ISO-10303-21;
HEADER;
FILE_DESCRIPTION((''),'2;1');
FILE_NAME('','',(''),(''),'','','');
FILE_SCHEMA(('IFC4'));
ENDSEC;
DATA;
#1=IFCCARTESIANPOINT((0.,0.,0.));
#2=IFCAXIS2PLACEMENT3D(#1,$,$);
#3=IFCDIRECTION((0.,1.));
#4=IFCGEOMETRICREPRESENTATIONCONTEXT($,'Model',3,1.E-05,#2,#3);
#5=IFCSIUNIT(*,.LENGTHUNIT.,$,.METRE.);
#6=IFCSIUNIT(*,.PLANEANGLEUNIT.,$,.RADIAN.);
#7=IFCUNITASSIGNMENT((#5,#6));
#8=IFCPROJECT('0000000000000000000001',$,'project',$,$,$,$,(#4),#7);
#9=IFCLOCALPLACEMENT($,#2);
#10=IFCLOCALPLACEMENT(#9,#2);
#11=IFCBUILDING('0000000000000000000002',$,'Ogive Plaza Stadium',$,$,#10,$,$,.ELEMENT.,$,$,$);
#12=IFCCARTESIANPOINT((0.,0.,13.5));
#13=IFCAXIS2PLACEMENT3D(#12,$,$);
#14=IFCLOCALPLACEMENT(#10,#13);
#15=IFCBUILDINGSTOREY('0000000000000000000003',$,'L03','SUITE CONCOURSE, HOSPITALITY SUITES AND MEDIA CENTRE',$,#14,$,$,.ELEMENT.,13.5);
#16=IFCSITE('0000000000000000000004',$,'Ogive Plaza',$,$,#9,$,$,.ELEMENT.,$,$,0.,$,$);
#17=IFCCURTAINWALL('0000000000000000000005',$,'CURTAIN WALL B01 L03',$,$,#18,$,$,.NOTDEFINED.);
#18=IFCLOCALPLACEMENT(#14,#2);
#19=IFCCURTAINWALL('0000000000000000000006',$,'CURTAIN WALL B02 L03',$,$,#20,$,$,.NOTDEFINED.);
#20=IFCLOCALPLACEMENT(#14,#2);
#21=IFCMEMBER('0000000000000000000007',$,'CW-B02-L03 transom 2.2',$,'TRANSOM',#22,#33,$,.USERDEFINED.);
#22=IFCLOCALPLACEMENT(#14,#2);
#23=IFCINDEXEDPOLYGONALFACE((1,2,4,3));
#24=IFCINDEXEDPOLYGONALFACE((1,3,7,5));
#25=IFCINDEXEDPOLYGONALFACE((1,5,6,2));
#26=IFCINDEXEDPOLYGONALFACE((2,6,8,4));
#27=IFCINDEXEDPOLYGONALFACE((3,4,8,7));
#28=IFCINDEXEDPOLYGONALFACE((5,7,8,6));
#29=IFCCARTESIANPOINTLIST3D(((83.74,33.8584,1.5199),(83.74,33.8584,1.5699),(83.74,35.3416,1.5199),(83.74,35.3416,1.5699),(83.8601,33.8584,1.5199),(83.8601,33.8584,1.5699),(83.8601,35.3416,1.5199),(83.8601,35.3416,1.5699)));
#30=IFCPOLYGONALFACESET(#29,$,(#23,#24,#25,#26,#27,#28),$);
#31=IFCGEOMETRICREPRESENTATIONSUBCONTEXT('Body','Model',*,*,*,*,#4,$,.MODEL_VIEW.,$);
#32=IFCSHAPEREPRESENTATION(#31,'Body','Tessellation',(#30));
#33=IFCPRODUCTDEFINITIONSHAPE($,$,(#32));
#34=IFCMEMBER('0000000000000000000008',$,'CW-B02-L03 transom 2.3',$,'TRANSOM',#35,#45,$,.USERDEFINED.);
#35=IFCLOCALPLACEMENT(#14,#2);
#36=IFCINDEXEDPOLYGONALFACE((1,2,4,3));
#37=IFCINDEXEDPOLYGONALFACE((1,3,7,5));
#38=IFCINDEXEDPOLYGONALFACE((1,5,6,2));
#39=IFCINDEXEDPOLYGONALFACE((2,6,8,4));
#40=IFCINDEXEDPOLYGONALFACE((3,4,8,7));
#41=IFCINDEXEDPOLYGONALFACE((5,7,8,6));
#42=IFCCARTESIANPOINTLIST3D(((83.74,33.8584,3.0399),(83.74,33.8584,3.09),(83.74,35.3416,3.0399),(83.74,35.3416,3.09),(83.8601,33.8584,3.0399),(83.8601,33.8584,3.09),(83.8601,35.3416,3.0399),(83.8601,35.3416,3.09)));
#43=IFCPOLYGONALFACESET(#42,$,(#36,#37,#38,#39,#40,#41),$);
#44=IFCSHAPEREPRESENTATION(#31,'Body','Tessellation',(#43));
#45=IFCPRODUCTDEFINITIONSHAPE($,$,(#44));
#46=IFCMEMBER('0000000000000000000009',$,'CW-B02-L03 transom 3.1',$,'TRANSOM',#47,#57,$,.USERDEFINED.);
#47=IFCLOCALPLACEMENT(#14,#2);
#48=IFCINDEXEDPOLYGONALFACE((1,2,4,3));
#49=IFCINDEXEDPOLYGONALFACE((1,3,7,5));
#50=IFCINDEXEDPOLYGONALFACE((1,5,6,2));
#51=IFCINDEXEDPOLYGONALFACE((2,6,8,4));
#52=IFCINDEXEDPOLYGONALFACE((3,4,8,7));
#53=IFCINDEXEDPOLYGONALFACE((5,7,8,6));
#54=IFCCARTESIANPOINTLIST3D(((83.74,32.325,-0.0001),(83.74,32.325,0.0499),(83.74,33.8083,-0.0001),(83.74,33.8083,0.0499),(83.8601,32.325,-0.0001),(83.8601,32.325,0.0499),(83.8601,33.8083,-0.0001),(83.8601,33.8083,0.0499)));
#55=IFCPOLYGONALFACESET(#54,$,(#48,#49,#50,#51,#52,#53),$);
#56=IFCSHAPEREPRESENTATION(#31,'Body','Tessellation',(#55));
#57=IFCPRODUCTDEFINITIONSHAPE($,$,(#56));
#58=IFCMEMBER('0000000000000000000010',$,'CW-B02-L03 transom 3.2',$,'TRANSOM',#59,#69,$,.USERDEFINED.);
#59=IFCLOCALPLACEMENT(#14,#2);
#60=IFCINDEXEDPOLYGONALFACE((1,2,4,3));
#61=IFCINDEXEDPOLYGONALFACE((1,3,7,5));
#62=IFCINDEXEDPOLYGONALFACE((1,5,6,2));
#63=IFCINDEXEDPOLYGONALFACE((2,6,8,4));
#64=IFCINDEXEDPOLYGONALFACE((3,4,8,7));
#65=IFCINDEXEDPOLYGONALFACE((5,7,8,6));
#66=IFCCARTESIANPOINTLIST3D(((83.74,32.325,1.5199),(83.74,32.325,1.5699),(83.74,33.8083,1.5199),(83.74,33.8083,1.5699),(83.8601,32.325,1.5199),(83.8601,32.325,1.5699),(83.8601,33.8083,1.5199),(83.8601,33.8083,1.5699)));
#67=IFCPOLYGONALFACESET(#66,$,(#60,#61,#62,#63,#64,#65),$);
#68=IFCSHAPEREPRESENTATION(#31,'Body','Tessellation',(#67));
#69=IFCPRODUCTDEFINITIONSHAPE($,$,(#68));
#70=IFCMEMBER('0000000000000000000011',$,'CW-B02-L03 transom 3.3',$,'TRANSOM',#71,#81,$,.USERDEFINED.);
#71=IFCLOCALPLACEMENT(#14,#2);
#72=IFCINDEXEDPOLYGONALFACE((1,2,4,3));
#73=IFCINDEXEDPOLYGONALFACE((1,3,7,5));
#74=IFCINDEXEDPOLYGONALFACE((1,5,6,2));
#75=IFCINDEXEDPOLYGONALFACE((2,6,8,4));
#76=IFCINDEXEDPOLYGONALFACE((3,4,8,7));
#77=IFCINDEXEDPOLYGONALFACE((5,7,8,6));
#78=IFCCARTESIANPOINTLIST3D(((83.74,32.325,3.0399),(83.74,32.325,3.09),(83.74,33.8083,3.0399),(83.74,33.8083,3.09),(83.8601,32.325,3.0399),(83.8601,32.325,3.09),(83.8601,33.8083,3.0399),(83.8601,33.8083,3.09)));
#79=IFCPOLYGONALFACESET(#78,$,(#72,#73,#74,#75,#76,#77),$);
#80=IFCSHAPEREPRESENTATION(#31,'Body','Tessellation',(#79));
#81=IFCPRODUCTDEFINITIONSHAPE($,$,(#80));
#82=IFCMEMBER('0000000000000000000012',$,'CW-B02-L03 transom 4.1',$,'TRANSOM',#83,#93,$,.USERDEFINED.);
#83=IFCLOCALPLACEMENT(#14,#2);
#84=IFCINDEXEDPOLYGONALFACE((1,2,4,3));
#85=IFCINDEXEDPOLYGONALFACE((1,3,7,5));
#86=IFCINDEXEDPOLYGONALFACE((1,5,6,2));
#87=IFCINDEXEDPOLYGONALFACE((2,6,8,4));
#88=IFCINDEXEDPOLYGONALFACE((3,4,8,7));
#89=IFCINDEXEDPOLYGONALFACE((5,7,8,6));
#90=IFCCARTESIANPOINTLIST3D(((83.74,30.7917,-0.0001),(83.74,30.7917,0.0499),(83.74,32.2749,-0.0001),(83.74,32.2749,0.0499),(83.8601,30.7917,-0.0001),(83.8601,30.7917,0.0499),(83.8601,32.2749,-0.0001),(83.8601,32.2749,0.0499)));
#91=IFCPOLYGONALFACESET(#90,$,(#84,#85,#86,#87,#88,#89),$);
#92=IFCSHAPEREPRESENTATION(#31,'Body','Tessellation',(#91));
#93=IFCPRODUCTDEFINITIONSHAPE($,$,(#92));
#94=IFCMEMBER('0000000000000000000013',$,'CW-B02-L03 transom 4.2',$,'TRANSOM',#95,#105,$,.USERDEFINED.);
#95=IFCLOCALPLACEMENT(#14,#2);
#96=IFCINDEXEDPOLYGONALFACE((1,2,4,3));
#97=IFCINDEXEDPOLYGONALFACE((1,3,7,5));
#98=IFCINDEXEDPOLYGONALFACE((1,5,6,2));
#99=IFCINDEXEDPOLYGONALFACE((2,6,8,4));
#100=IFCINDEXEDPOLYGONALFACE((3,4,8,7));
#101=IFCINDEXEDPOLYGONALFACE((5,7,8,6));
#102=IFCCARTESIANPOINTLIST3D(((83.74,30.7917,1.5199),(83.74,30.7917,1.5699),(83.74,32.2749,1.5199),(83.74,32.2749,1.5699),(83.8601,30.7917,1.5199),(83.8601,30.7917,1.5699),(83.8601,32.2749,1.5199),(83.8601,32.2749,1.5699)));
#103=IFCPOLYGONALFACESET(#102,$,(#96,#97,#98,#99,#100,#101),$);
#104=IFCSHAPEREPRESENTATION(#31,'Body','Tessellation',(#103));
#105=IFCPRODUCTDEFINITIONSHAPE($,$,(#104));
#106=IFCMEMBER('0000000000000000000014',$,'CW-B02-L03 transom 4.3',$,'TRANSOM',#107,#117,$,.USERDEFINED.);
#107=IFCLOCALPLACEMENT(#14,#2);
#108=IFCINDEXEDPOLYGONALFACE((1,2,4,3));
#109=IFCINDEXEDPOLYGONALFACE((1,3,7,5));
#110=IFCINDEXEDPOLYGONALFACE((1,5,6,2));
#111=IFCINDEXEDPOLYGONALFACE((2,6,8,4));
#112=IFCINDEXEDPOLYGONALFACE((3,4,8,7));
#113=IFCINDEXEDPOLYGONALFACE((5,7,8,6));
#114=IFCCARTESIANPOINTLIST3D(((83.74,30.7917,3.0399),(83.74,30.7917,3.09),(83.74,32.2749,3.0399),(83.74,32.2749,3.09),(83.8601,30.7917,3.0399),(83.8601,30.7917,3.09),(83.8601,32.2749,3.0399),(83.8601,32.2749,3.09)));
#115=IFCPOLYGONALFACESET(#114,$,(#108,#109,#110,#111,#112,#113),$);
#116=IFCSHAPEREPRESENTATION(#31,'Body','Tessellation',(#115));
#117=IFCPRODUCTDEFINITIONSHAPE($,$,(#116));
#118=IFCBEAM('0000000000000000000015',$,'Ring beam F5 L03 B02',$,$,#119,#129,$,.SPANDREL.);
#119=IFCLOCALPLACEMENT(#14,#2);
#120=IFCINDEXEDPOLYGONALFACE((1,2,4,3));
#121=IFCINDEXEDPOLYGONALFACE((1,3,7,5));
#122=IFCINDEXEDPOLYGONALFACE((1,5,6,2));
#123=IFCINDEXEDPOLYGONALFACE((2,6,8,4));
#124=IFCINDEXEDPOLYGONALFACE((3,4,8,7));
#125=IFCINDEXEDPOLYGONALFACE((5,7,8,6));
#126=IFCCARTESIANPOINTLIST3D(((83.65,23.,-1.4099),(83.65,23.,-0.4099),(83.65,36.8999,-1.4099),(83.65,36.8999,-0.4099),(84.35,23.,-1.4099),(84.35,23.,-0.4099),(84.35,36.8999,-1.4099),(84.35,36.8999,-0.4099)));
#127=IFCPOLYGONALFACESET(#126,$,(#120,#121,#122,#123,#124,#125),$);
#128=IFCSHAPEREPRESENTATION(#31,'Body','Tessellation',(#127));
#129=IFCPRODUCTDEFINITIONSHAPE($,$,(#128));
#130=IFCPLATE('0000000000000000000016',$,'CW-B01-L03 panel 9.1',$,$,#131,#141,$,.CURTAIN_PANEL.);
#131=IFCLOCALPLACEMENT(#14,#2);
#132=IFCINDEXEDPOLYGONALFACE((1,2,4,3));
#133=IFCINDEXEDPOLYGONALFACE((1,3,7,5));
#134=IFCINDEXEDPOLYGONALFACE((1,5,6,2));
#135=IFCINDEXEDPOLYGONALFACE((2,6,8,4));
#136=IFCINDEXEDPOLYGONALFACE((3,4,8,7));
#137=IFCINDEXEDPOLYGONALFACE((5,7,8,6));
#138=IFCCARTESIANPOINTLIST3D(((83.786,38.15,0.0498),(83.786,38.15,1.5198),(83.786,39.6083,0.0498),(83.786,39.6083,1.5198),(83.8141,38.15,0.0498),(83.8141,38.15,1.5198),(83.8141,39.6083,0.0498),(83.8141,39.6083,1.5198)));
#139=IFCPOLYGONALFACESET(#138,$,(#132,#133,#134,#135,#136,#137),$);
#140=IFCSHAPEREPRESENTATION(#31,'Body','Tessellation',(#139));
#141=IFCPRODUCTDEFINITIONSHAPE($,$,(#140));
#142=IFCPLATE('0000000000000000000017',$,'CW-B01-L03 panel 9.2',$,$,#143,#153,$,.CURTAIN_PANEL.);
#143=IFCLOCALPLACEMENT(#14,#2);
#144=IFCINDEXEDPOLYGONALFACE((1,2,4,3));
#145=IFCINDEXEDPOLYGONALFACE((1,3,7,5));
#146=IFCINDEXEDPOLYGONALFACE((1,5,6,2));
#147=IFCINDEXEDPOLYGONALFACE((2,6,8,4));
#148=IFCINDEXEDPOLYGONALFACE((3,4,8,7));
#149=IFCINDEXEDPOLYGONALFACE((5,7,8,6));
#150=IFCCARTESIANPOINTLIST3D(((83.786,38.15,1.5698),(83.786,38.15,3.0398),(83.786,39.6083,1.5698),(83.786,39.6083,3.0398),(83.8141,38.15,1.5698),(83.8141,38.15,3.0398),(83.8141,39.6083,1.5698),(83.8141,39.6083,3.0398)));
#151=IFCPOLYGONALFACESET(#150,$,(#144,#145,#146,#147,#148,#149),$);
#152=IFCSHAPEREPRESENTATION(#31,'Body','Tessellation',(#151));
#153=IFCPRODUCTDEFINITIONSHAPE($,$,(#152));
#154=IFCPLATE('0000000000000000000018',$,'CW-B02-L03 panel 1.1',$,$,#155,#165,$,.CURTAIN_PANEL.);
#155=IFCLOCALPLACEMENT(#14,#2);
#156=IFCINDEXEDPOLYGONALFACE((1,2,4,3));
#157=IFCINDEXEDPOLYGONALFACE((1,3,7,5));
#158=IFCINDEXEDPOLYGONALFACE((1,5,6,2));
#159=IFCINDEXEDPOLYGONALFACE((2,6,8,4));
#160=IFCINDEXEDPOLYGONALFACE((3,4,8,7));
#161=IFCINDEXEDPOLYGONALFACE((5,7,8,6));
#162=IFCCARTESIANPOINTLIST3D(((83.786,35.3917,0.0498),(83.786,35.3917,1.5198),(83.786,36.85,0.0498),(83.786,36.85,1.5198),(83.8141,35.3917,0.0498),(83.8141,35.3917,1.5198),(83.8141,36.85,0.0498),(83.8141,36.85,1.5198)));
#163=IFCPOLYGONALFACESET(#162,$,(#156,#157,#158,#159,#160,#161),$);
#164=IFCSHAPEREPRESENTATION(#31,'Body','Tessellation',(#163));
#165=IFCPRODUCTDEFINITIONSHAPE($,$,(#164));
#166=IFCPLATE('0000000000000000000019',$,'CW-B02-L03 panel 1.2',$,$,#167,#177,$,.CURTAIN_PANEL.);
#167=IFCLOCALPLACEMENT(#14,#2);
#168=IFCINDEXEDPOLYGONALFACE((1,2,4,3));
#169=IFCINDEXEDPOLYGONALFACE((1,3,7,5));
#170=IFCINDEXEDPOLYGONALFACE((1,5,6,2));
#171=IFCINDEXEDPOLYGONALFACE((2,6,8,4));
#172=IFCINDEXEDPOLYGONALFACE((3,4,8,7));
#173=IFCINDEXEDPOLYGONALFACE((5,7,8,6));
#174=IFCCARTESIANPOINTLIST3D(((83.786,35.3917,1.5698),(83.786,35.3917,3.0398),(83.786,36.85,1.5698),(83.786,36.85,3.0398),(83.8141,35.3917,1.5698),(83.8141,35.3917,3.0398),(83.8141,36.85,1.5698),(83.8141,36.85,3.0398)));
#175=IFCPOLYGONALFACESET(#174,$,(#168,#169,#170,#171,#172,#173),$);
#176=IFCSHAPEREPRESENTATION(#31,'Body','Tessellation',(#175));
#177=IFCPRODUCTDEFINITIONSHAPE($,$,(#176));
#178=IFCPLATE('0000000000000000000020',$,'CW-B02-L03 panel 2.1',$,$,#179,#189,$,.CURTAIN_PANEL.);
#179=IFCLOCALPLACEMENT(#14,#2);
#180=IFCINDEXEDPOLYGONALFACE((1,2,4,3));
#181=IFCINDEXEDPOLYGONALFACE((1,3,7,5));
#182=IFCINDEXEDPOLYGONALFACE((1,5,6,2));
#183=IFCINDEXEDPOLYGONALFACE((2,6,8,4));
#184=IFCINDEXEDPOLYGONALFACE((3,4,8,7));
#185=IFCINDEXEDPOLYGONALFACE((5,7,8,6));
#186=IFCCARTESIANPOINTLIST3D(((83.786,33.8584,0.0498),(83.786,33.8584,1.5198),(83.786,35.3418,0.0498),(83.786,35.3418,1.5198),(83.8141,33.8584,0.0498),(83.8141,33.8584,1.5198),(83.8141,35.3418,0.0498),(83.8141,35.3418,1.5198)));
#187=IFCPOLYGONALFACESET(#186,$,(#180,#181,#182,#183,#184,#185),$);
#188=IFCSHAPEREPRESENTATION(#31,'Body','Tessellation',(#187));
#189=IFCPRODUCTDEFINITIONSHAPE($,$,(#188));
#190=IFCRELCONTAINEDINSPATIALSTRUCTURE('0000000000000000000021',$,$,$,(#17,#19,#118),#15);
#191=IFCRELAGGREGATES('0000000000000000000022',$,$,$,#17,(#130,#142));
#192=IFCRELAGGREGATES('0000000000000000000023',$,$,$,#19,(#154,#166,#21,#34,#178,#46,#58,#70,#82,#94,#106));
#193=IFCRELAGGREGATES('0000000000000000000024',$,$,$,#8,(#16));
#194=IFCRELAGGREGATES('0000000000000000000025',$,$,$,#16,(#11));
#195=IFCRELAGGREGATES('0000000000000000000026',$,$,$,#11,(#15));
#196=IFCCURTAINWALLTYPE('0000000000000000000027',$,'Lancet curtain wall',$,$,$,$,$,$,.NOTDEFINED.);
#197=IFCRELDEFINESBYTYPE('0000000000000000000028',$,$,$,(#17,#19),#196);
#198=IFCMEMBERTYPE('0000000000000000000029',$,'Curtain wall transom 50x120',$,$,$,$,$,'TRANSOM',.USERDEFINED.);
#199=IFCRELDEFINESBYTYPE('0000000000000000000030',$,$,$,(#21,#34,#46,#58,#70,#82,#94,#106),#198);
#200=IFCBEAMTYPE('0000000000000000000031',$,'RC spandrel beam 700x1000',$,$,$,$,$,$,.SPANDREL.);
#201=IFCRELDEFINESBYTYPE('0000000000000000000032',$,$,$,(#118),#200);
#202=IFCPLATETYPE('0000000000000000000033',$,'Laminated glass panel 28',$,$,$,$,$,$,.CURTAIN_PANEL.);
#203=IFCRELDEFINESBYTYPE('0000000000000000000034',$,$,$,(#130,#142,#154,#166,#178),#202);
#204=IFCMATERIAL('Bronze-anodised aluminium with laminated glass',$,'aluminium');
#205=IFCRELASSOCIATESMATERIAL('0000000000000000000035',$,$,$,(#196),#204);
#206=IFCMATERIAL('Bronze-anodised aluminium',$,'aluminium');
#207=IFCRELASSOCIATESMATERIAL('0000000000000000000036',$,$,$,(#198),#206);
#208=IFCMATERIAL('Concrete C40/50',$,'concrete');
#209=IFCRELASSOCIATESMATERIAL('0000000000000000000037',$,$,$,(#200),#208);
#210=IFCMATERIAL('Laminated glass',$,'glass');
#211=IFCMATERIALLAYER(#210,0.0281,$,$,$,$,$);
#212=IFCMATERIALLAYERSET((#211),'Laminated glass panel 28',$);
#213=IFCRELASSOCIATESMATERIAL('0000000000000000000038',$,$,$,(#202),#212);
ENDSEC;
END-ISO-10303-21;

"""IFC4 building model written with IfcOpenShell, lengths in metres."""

from ifc_helpers import new_model, si_unit, direction, frame, origin, origin_2d, place, context, subcontext, project, spatial, rectangle, extrude, material, layer, layer_set, material_profile, profile_set, type_object, element, aggregate, save


model = new_model("IFC4")

# Units and contexts
model_context = context("Model", 3, precision=1e-05, world=origin(), true_north=direction((0.0, 1.0)))
body_context = subcontext(model_context, "Body", "Model", "MODEL_VIEW")
ifc_project = project(units=[si_unit("LENGTHUNIT", "METRE"), si_unit("PLANEANGLEUNIT", "RADIAN")], contexts=[model_context])

# Site, building, storey
site_placement = place(None, origin())
site = spatial("IfcSite", under=ifc_project, at=site_placement, Name="Ogive Plaza", CompositionType="ELEMENT", RefElevation=0.0)
building_placement = place(site_placement, origin())
building = spatial("IfcBuilding", under=site, at=building_placement, Name="Ogive Plaza Stadium", CompositionType="ELEMENT")
storey_placement = place(building_placement, frame((0.0, 0.0, 13.5)))
storey = spatial("IfcBuildingStorey", under=building, at=storey_placement, Name="L03", Description="SUITE CONCOURSE, HOSPITALITY SUITES AND MEDIA CENTRE", CompositionType="ELEMENT", Elevation=13.5)

# Curtain walls
ifc_material_1 = material(Name="Bronze-anodised aluminium with laminated glass", Category="aluminium")
curtain_wall_type = type_object("IfcCurtainWallType", Name="Lancet curtain wall", PredefinedType="NOTDEFINED", material=ifc_material_1)
curtain_wall_1_placement = place(storey_placement, origin())
curtain_wall_1 = element("IfcCurtainWall", 1, at=curtain_wall_1_placement, inside=storey, type_object=curtain_wall_type, Name="CURTAIN WALL B01 L03", PredefinedType="NOTDEFINED")
curtain_wall_2_placement = place(storey_placement, origin())
curtain_wall_2 = element("IfcCurtainWall", 2, at=curtain_wall_2_placement, inside=storey, type_object=curtain_wall_type, Name="CURTAIN WALL B02 L03", PredefinedType="NOTDEFINED")

# Members
ifc_material_2 = material(Name="Bronze-anodised aluminium", Category="aluminium")
ifc_material_profile_1 = material_profile(ifc_material_2, rectangle(XDim=0.1201, YDim=0.05, at=origin_2d()), Name="AL 120x50")
ifc_profile_set_1 = profile_set([ifc_material_profile_1], Name="Bronze-anodised aluminium")
member_type_1 = type_object("IfcMemberType", Name="Curtain wall transom 50x120", ElementType="TRANSOM", PredefinedType="USERDEFINED", material=ifc_profile_set_1)
member_1_placement = place(storey_placement, frame((83.8, 35.3416, 1.5449), z_axis=(0.0, -1.0, 0.0), x_axis=(1.0, 0.0, 0.0)))
member_1 = element("IfcMember", 3, at=member_1_placement, type_object=member_type_1, Name="CW-B02-L03 transom 2.2", ObjectType="TRANSOM", PredefinedType="USERDEFINED", context=body_context, shape_type="SweptSolid", body=[
    extrude(rectangle(XDim=0.1201, YDim=0.05, at=origin_2d()), origin(), (0.0, 0.0, 1.0), 1.4832),
])
member_2_placement = place(storey_placement, frame((83.8, 35.3416, 3.0649), z_axis=(0.0, -1.0, 0.0), x_axis=(1.0, 0.0, 0.0)))
member_2 = element("IfcMember", 4, at=member_2_placement, type_object=member_type_1, Name="CW-B02-L03 transom 2.3", ObjectType="TRANSOM", PredefinedType="USERDEFINED", context=body_context, shape_type="SweptSolid", body=[
    extrude(rectangle(XDim=0.1201, YDim=0.05, at=origin_2d()), origin(), (0.0, 0.0, 1.0), 1.4832),
])
member_3_placement = place(storey_placement, frame((83.8, 33.8083, 0.0249), z_axis=(0.0, -1.0, 0.0), x_axis=(1.0, 0.0, 0.0)))
member_3 = element("IfcMember", 5, at=member_3_placement, type_object=member_type_1, Name="CW-B02-L03 transom 3.1", ObjectType="TRANSOM", PredefinedType="USERDEFINED", context=body_context, shape_type="SweptSolid", body=[
    extrude(rectangle(XDim=0.1201, YDim=0.05, at=origin_2d()), origin(), (0.0, 0.0, 1.0), 1.4834),
])
member_4_placement = place(storey_placement, frame((83.8, 33.8083, 1.5449), z_axis=(0.0, -1.0, 0.0), x_axis=(1.0, 0.0, 0.0)))
member_4 = element("IfcMember", 6, at=member_4_placement, type_object=member_type_1, Name="CW-B02-L03 transom 3.2", ObjectType="TRANSOM", PredefinedType="USERDEFINED", context=body_context, shape_type="SweptSolid", body=[
    extrude(rectangle(XDim=0.1201, YDim=0.05, at=origin_2d()), origin(), (0.0, 0.0, 1.0), 1.4834),
])
member_5_placement = place(storey_placement, frame((83.8, 33.8083, 3.0649), z_axis=(0.0, -1.0, 0.0), x_axis=(1.0, 0.0, 0.0)))
member_5 = element("IfcMember", 7, at=member_5_placement, type_object=member_type_1, Name="CW-B02-L03 transom 3.3", ObjectType="TRANSOM", PredefinedType="USERDEFINED", context=body_context, shape_type="SweptSolid", body=[
    extrude(rectangle(XDim=0.1201, YDim=0.05, at=origin_2d()), origin(), (0.0, 0.0, 1.0), 1.4834),
])
member_6_placement = place(storey_placement, frame((83.8, 32.2749, 0.0249), z_axis=(0.0, -1.0, 0.0), x_axis=(1.0, 0.0, 0.0)))
member_6 = element("IfcMember", 8, at=member_6_placement, type_object=member_type_1, Name="CW-B02-L03 transom 4.1", ObjectType="TRANSOM", PredefinedType="USERDEFINED", context=body_context, shape_type="SweptSolid", body=[
    extrude(rectangle(XDim=0.1201, YDim=0.05, at=origin_2d()), origin(), (0.0, 0.0, 1.0), 1.4832),
])
member_7_placement = place(storey_placement, frame((83.8, 32.2749, 1.5449), z_axis=(0.0, -1.0, 0.0), x_axis=(1.0, 0.0, 0.0)))
member_7 = element("IfcMember", 9, at=member_7_placement, type_object=member_type_1, Name="CW-B02-L03 transom 4.2", ObjectType="TRANSOM", PredefinedType="USERDEFINED", context=body_context, shape_type="SweptSolid", body=[
    extrude(rectangle(XDim=0.1201, YDim=0.05, at=origin_2d()), origin(), (0.0, 0.0, 1.0), 1.4832),
])
member_8_placement = place(storey_placement, frame((83.8, 32.2749, 3.0649), z_axis=(0.0, -1.0, 0.0), x_axis=(1.0, 0.0, 0.0)))
member_8 = element("IfcMember", 10, at=member_8_placement, type_object=member_type_1, Name="CW-B02-L03 transom 4.3", ObjectType="TRANSOM", PredefinedType="USERDEFINED", context=body_context, shape_type="SweptSolid", body=[
    extrude(rectangle(XDim=0.1201, YDim=0.05, at=origin_2d()), origin(), (0.0, 0.0, 1.0), 1.4832),
])

# Beam
ifc_material_3 = material(Name="Concrete C40/50", Category="concrete")
ifc_material_profile_2 = material_profile(ifc_material_3, rectangle(XDim=0.7, YDim=1.0, at=origin_2d()), Name="RC 700x1000")
ifc_profile_set_2 = profile_set([ifc_material_profile_2], Name="Concrete C40/50")
beam_type = type_object("IfcBeamType", Name="RC spandrel beam 700x1000", PredefinedType="SPANDREL", material=ifc_profile_set_2)
beam_placement = place(storey_placement, frame((84.0, 36.8999, -0.9099), z_axis=(0.0, -1.0, 0.0), x_axis=(1.0, 0.0, 0.0)))
element("IfcBeam", 11, at=beam_placement, inside=storey, type_object=beam_type, Name="Ring beam F5 L03 B02", PredefinedType="SPANDREL", context=body_context, shape_type="SweptSolid", body=[
    extrude(rectangle(XDim=0.7, YDim=1.0, at=origin_2d()), origin(), (0.0, 0.0, 1.0), 13.8999),
])

# Plates
ifc_material_4 = material(Name="Laminated glass", Category="glass")
ifc_layer = layer(ifc_material_4, 0.0281)
ifc_layer_set = layer_set([ifc_layer], Name="Laminated glass panel 28")
plate_type = type_object("IfcPlateType", Name="Laminated glass panel 28", PredefinedType="CURTAIN_PANEL", material=ifc_layer_set)
plate_1_placement = place(storey_placement, frame((83.8, 38.8792, 0.0498), z_axis=(0.0, 0.0, 1.0), x_axis=(0.0, -1.0, 0.0)))
plate_1 = element("IfcPlate", 12, at=plate_1_placement, type_object=plate_type, Name="CW-B01-L03 panel 9.1", PredefinedType="CURTAIN_PANEL", context=body_context, shape_type="SweptSolid", body=[
    extrude(rectangle(XDim=1.4583, YDim=0.0281, at=origin_2d()), origin(), (0.0, 0.0, 1.0), 1.47),
])
plate_2_placement = place(storey_placement, frame((83.8, 38.8792, 1.5698), z_axis=(0.0, 0.0, 1.0), x_axis=(0.0, -1.0, 0.0)))
plate_2 = element("IfcPlate", 13, at=plate_2_placement, type_object=plate_type, Name="CW-B01-L03 panel 9.2", PredefinedType="CURTAIN_PANEL", context=body_context, shape_type="SweptSolid", body=[
    extrude(rectangle(XDim=1.4583, YDim=0.0281, at=origin_2d()), origin(), (0.0, 0.0, 1.0), 1.47),
])
aggregate(curtain_wall_1, [plate_1, plate_2])
plate_3_placement = place(storey_placement, frame((83.8, 36.1208, 0.0498), z_axis=(0.0, 0.0, 1.0), x_axis=(0.0, -1.0, 0.0)))
plate_3 = element("IfcPlate", 14, at=plate_3_placement, type_object=plate_type, Name="CW-B02-L03 panel 1.1", PredefinedType="CURTAIN_PANEL", context=body_context, shape_type="SweptSolid", body=[
    extrude(rectangle(XDim=1.4583, YDim=0.0281, at=origin_2d()), origin(), (0.0, 0.0, 1.0), 1.47),
])
plate_4_placement = place(storey_placement, frame((83.8, 36.1208, 1.5698), z_axis=(0.0, 0.0, 1.0), x_axis=(0.0, -1.0, 0.0)))
plate_4 = element("IfcPlate", 15, at=plate_4_placement, type_object=plate_type, Name="CW-B02-L03 panel 1.2", PredefinedType="CURTAIN_PANEL", context=body_context, shape_type="SweptSolid", body=[
    extrude(rectangle(XDim=1.4583, YDim=0.0281, at=origin_2d()), origin(), (0.0, 0.0, 1.0), 1.47),
])
plate_5_placement = place(storey_placement, frame((83.8, 34.6001, 0.0498), z_axis=(0.0, 0.0, 1.0), x_axis=(0.0, -1.0, 0.0)))
plate_5 = element("IfcPlate", 16, at=plate_5_placement, type_object=plate_type, Name="CW-B02-L03 panel 2.1", PredefinedType="CURTAIN_PANEL", context=body_context, shape_type="SweptSolid", body=[
    extrude(rectangle(XDim=1.4834, YDim=0.0281, at=origin_2d()), origin(), (0.0, 0.0, 1.0), 1.47),
])
aggregate(curtain_wall_2, [plate_3, plate_4, member_1, member_2, plate_5, member_3, member_4, member_5, member_6, member_7, member_8])

save(model, "model.ifc")
